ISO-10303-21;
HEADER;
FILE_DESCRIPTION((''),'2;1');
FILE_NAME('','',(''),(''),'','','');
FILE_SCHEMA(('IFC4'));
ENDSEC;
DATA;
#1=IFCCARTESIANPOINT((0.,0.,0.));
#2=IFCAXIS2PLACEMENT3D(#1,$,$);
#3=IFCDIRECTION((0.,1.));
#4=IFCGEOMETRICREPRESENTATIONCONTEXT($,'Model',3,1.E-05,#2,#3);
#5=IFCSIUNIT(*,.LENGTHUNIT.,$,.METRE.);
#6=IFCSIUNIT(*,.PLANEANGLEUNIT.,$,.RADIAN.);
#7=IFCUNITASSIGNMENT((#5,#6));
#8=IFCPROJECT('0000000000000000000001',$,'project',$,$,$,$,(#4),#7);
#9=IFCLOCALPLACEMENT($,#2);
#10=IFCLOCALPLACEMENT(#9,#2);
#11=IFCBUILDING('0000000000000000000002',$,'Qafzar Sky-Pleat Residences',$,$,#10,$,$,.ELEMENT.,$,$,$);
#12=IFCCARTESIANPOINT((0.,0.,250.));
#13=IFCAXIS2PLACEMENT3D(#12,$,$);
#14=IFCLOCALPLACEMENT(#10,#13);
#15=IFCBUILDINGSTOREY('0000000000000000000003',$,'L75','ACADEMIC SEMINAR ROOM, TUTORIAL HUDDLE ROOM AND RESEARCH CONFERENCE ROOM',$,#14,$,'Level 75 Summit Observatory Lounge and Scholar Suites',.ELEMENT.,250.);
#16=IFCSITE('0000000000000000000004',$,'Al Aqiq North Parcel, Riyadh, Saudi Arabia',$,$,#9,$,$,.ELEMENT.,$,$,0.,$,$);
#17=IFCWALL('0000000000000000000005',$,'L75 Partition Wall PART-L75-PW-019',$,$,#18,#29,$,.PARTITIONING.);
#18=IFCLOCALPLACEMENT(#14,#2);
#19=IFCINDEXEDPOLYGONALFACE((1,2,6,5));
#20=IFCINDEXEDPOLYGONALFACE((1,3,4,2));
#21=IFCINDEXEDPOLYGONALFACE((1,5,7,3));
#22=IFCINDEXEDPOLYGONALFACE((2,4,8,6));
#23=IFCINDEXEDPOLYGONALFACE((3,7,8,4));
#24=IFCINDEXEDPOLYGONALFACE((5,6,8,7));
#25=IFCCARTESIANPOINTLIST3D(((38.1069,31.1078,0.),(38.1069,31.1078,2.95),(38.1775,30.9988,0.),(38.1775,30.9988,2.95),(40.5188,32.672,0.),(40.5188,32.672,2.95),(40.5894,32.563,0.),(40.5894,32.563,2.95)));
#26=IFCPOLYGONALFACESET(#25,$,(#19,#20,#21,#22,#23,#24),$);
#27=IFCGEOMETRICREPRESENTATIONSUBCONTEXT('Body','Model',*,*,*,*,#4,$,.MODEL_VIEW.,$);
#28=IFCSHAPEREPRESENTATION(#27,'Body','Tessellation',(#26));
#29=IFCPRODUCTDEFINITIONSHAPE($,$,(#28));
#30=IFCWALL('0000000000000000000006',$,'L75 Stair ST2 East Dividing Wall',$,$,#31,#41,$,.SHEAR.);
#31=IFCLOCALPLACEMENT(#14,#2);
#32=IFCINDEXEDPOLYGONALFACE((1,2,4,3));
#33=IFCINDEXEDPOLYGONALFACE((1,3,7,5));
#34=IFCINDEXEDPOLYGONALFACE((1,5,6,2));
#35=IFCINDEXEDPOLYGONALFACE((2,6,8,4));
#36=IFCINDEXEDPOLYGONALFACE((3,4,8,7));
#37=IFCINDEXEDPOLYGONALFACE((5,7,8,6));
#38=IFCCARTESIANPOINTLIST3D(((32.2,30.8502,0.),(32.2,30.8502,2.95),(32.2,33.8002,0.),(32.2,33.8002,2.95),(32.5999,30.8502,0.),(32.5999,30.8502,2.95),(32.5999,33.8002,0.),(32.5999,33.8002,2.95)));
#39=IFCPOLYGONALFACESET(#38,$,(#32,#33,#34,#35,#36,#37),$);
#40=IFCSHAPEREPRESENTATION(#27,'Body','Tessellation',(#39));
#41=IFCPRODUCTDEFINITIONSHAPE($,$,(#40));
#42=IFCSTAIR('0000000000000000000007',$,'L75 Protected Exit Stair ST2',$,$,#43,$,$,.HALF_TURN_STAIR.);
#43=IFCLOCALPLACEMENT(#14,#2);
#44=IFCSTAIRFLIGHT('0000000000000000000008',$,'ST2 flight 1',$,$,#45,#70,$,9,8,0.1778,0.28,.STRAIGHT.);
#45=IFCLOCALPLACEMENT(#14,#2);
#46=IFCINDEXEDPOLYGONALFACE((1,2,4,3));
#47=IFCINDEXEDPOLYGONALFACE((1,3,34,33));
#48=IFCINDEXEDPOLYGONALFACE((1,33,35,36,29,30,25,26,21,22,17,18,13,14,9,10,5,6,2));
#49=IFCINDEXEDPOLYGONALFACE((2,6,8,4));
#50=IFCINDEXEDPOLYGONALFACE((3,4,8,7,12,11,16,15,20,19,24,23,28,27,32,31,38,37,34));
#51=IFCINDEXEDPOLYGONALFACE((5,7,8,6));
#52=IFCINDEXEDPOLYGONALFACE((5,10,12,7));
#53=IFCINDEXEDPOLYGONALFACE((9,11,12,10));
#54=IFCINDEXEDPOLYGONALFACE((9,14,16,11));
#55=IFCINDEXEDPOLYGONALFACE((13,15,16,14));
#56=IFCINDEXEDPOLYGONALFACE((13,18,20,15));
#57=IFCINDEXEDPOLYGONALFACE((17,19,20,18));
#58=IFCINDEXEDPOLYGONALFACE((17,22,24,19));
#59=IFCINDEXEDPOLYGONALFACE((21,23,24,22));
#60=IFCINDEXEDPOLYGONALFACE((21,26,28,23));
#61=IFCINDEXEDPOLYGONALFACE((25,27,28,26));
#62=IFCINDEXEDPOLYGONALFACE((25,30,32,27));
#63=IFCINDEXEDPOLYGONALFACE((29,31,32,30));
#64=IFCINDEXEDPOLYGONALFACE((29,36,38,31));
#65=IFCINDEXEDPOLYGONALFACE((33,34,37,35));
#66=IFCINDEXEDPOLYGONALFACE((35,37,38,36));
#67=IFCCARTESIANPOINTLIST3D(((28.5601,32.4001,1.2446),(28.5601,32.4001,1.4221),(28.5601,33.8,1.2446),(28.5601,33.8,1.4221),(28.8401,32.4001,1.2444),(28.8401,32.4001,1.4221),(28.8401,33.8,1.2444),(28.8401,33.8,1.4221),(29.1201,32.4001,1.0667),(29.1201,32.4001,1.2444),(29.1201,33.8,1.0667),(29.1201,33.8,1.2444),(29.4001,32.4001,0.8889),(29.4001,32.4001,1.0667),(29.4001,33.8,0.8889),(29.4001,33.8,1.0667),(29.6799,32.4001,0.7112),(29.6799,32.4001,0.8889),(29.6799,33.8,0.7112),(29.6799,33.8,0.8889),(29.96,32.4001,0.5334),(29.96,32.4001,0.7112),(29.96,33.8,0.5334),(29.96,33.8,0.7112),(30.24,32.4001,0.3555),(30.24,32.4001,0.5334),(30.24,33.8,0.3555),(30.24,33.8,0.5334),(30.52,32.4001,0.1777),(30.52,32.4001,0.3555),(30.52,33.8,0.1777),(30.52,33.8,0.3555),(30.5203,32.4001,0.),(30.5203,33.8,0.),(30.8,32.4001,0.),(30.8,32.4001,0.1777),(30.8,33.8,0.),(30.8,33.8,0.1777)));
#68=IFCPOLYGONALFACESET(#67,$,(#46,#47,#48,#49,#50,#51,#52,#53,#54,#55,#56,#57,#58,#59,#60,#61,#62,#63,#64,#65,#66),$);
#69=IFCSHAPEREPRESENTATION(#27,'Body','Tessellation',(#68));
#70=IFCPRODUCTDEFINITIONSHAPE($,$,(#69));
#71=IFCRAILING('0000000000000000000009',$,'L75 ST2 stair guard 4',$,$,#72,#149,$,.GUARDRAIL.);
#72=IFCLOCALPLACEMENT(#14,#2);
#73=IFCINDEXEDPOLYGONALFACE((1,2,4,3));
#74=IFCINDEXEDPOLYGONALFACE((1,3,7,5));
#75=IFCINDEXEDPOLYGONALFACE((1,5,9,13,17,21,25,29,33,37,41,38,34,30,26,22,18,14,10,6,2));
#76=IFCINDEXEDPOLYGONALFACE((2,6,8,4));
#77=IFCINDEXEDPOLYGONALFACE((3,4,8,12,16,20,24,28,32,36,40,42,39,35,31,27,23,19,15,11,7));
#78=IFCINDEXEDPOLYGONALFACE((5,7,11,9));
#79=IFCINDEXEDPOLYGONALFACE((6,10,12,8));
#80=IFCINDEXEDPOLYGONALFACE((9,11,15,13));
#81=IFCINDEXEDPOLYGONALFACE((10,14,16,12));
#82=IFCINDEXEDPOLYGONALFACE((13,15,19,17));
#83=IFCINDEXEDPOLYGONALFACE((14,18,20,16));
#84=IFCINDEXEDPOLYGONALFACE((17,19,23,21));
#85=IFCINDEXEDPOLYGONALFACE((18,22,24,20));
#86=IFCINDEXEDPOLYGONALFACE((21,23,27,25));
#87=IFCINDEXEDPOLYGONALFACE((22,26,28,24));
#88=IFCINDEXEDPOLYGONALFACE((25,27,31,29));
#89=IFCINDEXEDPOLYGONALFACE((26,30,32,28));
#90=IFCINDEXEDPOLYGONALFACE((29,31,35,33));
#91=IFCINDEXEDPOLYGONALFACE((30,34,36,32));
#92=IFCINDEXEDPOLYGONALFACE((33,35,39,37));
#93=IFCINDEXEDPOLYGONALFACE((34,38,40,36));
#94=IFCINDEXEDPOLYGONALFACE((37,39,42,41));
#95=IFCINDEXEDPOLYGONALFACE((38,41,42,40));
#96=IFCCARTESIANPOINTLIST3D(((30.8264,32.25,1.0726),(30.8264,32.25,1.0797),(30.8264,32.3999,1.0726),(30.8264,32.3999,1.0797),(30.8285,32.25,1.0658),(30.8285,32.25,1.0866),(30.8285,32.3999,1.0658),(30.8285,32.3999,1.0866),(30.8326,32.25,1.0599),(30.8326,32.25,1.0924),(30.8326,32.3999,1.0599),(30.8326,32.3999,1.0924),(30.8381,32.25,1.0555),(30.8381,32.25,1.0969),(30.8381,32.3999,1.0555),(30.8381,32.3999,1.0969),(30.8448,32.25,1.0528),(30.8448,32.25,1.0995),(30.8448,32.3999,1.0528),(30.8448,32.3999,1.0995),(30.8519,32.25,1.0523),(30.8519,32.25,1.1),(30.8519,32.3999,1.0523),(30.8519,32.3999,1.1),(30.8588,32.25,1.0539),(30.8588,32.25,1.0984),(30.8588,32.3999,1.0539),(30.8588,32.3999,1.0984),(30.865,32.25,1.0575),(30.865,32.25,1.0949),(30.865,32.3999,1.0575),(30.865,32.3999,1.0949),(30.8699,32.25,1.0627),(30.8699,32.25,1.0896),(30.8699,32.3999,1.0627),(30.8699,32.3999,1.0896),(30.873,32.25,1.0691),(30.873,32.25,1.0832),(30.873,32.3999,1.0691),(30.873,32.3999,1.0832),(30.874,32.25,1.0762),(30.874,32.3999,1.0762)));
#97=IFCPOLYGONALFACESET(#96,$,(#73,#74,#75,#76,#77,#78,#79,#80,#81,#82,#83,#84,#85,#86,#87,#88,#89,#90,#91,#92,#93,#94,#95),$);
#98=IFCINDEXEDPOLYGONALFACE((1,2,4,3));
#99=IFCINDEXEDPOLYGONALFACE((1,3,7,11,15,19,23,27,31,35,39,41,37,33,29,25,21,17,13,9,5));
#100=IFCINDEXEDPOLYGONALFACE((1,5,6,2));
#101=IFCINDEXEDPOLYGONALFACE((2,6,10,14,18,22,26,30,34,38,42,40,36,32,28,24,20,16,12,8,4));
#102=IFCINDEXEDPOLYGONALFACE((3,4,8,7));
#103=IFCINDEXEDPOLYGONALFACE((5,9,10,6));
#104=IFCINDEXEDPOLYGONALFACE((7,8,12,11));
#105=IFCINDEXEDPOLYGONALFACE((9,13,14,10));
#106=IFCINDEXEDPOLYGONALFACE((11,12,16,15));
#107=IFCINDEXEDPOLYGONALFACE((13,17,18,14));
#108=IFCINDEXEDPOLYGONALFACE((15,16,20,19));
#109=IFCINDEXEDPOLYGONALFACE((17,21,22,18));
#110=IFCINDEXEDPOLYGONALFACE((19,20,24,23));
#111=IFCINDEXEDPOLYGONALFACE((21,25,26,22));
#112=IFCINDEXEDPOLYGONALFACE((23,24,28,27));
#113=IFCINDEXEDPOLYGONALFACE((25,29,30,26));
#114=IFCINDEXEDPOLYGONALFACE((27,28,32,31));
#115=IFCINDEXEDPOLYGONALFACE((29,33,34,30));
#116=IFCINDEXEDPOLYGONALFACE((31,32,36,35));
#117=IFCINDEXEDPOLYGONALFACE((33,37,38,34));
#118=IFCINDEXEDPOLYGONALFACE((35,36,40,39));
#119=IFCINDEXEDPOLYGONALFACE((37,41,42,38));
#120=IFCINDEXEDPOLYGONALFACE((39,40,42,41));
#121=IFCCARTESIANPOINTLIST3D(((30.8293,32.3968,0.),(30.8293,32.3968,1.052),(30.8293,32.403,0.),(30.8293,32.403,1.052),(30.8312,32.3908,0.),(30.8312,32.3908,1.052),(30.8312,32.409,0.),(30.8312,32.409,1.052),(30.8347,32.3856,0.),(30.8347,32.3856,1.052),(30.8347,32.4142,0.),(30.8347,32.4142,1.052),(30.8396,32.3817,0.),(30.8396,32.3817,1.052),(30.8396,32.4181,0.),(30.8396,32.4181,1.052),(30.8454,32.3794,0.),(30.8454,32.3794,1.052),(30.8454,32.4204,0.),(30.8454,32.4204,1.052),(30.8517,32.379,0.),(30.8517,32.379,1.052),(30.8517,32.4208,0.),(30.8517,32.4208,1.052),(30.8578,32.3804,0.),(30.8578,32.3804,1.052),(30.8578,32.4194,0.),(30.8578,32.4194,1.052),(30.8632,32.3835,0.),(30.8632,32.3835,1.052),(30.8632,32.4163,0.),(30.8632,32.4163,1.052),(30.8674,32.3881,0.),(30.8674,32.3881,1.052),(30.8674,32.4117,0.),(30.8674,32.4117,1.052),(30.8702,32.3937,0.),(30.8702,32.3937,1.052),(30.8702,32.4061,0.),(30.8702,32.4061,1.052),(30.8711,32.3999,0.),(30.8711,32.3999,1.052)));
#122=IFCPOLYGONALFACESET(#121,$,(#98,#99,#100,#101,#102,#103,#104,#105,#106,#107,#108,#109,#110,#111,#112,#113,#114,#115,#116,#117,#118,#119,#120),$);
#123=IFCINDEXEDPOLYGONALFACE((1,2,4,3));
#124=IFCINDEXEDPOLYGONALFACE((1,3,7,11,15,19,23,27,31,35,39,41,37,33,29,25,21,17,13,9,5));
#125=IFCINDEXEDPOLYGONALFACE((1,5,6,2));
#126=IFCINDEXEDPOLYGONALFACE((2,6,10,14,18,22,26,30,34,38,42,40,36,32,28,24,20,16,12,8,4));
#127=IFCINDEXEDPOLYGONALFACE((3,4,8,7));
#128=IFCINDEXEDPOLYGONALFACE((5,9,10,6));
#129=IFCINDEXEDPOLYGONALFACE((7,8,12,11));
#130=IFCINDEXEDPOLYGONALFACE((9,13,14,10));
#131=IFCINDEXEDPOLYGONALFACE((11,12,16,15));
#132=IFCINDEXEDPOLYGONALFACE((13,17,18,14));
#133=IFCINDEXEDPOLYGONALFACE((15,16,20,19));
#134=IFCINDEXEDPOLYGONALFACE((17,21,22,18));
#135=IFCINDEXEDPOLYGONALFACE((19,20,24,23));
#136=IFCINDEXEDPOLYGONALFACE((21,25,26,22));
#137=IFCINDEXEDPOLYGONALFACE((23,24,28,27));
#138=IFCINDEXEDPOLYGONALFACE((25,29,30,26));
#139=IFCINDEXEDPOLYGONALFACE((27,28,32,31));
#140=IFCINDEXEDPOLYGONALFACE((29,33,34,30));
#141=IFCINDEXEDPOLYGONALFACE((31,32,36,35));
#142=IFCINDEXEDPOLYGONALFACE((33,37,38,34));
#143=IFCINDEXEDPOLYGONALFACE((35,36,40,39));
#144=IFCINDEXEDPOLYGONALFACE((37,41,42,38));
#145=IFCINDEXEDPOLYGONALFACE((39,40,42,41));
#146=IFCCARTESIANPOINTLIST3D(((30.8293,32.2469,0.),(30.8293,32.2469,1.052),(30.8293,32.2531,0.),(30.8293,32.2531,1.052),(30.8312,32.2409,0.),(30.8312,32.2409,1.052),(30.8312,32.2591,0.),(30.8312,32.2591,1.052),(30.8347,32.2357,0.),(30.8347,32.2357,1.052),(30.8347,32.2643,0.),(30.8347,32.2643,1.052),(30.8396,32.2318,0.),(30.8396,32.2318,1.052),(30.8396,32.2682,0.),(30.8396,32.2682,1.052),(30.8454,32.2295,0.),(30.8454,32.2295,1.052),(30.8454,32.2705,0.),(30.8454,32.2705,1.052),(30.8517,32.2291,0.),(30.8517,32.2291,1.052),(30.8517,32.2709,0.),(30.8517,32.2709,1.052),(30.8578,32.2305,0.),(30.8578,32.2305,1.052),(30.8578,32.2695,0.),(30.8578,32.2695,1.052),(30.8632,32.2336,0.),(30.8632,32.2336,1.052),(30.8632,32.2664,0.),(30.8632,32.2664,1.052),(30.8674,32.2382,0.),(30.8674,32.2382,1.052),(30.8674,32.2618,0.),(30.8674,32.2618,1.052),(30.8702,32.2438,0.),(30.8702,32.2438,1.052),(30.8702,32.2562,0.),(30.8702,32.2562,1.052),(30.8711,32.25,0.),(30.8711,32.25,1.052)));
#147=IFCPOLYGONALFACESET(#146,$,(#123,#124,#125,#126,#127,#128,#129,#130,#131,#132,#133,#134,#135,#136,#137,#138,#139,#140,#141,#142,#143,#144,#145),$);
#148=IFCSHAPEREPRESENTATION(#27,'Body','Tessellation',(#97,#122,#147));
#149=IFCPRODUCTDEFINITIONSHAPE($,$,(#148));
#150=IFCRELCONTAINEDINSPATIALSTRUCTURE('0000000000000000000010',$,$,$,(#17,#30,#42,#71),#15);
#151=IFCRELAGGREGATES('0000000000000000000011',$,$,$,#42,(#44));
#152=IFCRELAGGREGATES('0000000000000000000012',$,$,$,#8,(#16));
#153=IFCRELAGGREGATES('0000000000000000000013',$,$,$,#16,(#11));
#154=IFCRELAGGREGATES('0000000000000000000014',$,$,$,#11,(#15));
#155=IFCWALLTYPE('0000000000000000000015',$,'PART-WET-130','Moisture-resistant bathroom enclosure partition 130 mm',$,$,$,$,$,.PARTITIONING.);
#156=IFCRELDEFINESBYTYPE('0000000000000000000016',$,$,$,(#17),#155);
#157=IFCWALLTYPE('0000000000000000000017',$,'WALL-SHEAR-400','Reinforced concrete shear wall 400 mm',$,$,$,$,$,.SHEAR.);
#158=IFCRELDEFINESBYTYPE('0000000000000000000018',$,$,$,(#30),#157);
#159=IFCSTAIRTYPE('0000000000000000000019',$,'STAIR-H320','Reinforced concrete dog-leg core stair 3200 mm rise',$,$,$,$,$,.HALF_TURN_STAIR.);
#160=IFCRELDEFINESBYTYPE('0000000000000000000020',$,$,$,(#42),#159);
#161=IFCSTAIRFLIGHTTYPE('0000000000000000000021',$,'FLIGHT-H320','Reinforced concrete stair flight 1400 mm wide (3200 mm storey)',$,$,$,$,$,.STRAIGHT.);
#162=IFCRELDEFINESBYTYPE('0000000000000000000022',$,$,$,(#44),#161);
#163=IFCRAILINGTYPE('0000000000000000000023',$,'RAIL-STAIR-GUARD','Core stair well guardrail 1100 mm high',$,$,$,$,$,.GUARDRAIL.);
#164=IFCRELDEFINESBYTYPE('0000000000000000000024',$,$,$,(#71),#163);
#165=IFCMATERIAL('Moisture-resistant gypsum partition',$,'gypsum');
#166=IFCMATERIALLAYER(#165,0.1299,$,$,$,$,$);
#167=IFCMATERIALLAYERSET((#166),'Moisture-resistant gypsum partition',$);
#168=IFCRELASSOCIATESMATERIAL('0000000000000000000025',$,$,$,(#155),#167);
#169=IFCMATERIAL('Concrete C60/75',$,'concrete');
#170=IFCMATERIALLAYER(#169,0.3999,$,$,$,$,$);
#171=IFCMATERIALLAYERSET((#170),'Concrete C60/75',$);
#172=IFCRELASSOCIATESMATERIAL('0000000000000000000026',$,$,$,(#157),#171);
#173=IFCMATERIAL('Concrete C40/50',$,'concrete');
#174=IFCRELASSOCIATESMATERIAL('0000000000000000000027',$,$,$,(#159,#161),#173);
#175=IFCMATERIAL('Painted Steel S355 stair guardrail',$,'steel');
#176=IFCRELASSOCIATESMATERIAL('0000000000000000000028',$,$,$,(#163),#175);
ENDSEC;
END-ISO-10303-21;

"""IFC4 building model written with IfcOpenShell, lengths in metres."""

from ifc_helpers import new_model, si_unit, direction, frame, frame_2d, origin, origin_2d, place, context, subcontext, project, spatial, polyline, rectangle, circle, outline, extrude, source, transform, mapped, material, layer, layer_set, type_object, element, aggregate, save


model = new_model("IFC4")

# Units and contexts
model_context = context("Model", 3, precision=1e-05, world=origin(), true_north=direction((0.0, 1.0)))
body_context = subcontext(model_context, "Body", "Model", "MODEL_VIEW")
ifc_project = project(units=[si_unit("LENGTHUNIT", "METRE"), si_unit("PLANEANGLEUNIT", "RADIAN")], contexts=[model_context])

# Site, building, storey
site_placement = place(None, origin())
site = spatial("IfcSite", under=ifc_project, at=site_placement, Name="Al Aqiq North Parcel, Riyadh, Saudi Arabia", CompositionType="ELEMENT", RefElevation=0.0)
building_placement = place(site_placement, origin())
building = spatial("IfcBuilding", under=site, at=building_placement, Name="Qafzar Sky-Pleat Residences", CompositionType="ELEMENT")
storey_placement = place(building_placement, frame((0.0, 0.0, 250.0)))
storey = spatial("IfcBuildingStorey", under=building, at=storey_placement, Name="L75", Description="ACADEMIC SEMINAR ROOM, TUTORIAL HUDDLE ROOM AND RESEARCH CONFERENCE ROOM", LongName="Level 75 Summit Observatory Lounge and Scholar Suites", CompositionType="ELEMENT", Elevation=250.0)

# Walls
ifc_material_1 = material(Name="Moisture-resistant gypsum partition", Category="gypsum")
ifc_layer_1 = layer(ifc_material_1, 0.1299)
ifc_layer_set_1 = layer_set([ifc_layer_1], Name="Moisture-resistant gypsum partition")
wall_type_1 = type_object("IfcWallType", Name="PART-WET-130", Description="Moisture-resistant bathroom enclosure partition 130 mm", PredefinedType="PARTITIONING", material=ifc_layer_set_1)
wall_1_placement = place(storey_placement, frame((38.1421, 31.0532, 0.0), z_axis=(0.0, 0.0, 1.0), x_axis=(0.839, 0.544131, 0.0)))
element("IfcWall", 1, at=wall_1_placement, inside=storey, type_object=wall_type_1, Name="L75 Partition Wall PART-L75-PW-019", PredefinedType="PARTITIONING", context=body_context, shape_type="SweptSolid", body=[
    extrude(rectangle(XDim=2.8748, YDim=0.1299, at=frame_2d((1.4375, 0.0))), origin(), (0.0, 0.0, 1.0), 2.95),
])
ifc_material_2 = material(Name="Concrete C60/75", Category="concrete")
ifc_layer_2 = layer(ifc_material_2, 0.3999)
ifc_layer_set_2 = layer_set([ifc_layer_2], Name="Concrete C60/75")
wall_type_2 = type_object("IfcWallType", Name="WALL-SHEAR-400", Description="Reinforced concrete shear wall 400 mm", PredefinedType="SHEAR", material=ifc_layer_set_2)
wall_2_placement = place(storey_placement, frame((32.3999, 30.8501, 0.0), z_axis=(0.0, 0.0, 1.0), x_axis=(0.0, 1.0, 0.0)))
element("IfcWall", 2, at=wall_2_placement, inside=storey, type_object=wall_type_2, Name="L75 Stair ST2 East Dividing Wall", PredefinedType="SHEAR", context=body_context, shape_type="SweptSolid", body=[
    extrude(rectangle(XDim=2.95, YDim=0.3999, at=frame_2d((1.4751, 0.0))), origin(), (0.0, 0.0, 1.0), 2.95),
])

# Stair, stair flight
ifc_material_3 = material(Name="Concrete C40/50", Category="concrete")
stair_type = type_object("IfcStairType", Name="STAIR-H320", Description="Reinforced concrete dog-leg core stair 3200 mm rise", PredefinedType="HALF_TURN_STAIR", material=ifc_material_3)
stair_placement = place(storey_placement, origin())
stair = element("IfcStair", 3, at=stair_placement, inside=storey, type_object=stair_type, Name="L75 Protected Exit Stair ST2", PredefinedType="HALF_TURN_STAIR")
stair_flight_type = type_object("IfcStairFlightType", Name="FLIGHT-H320", Description="Reinforced concrete stair flight 1400 mm wide (3200 mm storey)", PredefinedType="STRAIGHT", material=ifc_material_3)
shared_shape_1 = source(origin(), body_context, "Body", "SweptSolid", [
    extrude(outline(polyline([(0.0, 0.0), (0.0, 0.1777), (0.28, 0.1777), (0.28, 0.3555), (0.5601, 0.3555), (0.5601, 0.5334), (0.8401, 0.5334), (0.8401, 0.7112), (1.1201, 0.7112), (1.1201, 0.8889), (1.3999, 0.8889), (1.3999, 1.0667), (1.6799, 1.0667), (1.6799, 1.2444), (1.96, 1.2444), (1.96, 1.4221), (2.24, 1.4221), (2.24, 1.6001), (2.24, 1.2446), (0.2798, 0.0), (0.0, 0.0)])), frame((0.0, 0.7, 0.0), z_axis=(0.0, -1.0, 0.0), x_axis=(1.0, 0.0, 0.0)), (0.0, 0.0, 1.0), 1.3999),
])
stair_flight_placement = place(storey_placement, frame((30.8, 33.1001, 0.0), z_axis=(0.0, 0.0, 1.0), x_axis=(-1.0, 0.0, 0.0)))
stair_flight = element("IfcStairFlight", 4, at=stair_flight_placement, type_object=stair_flight_type, Name="ST2 flight 1", NumberOfRisers=9, NumberOfTreads=8, PredefinedType="STRAIGHT", RiserHeight=0.1778, TreadLength=0.28, context=body_context, shape_type="MappedRepresentation", body=[
    mapped(shared_shape_1, transform((0.0, 0.0, 0.0), x_axis=(1.0, 0.0, 0.0), y_axis=(0.0, 1.0, 0.0), z_axis=(0.0, 0.0, 1.0), scale=1.0)),
])
aggregate(stair, [stair_flight])

# Railing
ifc_material_4 = material(Name="Painted Steel S355 stair guardrail", Category="steel")
railing_type_1 = type_object("IfcRailingType", Name="RAIL-STAIR-GUARD", Description="Core stair well guardrail 1100 mm high", PredefinedType="GUARDRAIL", material=ifc_material_4)
shared_shape_2 = source(origin(), body_context, "Body", "SweptSolid", [
    extrude(circle(Radius=0.0239, at=origin_2d()), frame((0.0, 0.0, 1.0762), z_axis=(0.0, -1.0, 0.0), x_axis=(1.0, 0.0, 0.0)), (0.0, 0.0, 1.0), 0.1499),
    extrude(circle(Radius=0.021, at=origin_2d()), origin(), (0.0, 0.0, 1.0), 1.052),
    extrude(circle(Radius=0.021, at=origin_2d()), frame((0.0, -0.1499, 0.0)), (0.0, 0.0, 1.0), 1.052),
])
railing_1_placement = place(storey_placement, frame((30.8501, 32.3999, 0.0)))
element("IfcRailing", 5, at=railing_1_placement, inside=storey, type_object=railing_type_1, Name="L75 ST2 stair guard 4", PredefinedType="GUARDRAIL", context=body_context, shape_type="MappedRepresentation", body=[
    mapped(shared_shape_2, transform((0.0, 0.0, 0.0), x_axis=(1.0, 0.0, 0.0), y_axis=(0.0, 1.0, 0.0), z_axis=(0.0, 0.0, 1.0), scale=1.0)),
])

save(model, "model.ifc")
